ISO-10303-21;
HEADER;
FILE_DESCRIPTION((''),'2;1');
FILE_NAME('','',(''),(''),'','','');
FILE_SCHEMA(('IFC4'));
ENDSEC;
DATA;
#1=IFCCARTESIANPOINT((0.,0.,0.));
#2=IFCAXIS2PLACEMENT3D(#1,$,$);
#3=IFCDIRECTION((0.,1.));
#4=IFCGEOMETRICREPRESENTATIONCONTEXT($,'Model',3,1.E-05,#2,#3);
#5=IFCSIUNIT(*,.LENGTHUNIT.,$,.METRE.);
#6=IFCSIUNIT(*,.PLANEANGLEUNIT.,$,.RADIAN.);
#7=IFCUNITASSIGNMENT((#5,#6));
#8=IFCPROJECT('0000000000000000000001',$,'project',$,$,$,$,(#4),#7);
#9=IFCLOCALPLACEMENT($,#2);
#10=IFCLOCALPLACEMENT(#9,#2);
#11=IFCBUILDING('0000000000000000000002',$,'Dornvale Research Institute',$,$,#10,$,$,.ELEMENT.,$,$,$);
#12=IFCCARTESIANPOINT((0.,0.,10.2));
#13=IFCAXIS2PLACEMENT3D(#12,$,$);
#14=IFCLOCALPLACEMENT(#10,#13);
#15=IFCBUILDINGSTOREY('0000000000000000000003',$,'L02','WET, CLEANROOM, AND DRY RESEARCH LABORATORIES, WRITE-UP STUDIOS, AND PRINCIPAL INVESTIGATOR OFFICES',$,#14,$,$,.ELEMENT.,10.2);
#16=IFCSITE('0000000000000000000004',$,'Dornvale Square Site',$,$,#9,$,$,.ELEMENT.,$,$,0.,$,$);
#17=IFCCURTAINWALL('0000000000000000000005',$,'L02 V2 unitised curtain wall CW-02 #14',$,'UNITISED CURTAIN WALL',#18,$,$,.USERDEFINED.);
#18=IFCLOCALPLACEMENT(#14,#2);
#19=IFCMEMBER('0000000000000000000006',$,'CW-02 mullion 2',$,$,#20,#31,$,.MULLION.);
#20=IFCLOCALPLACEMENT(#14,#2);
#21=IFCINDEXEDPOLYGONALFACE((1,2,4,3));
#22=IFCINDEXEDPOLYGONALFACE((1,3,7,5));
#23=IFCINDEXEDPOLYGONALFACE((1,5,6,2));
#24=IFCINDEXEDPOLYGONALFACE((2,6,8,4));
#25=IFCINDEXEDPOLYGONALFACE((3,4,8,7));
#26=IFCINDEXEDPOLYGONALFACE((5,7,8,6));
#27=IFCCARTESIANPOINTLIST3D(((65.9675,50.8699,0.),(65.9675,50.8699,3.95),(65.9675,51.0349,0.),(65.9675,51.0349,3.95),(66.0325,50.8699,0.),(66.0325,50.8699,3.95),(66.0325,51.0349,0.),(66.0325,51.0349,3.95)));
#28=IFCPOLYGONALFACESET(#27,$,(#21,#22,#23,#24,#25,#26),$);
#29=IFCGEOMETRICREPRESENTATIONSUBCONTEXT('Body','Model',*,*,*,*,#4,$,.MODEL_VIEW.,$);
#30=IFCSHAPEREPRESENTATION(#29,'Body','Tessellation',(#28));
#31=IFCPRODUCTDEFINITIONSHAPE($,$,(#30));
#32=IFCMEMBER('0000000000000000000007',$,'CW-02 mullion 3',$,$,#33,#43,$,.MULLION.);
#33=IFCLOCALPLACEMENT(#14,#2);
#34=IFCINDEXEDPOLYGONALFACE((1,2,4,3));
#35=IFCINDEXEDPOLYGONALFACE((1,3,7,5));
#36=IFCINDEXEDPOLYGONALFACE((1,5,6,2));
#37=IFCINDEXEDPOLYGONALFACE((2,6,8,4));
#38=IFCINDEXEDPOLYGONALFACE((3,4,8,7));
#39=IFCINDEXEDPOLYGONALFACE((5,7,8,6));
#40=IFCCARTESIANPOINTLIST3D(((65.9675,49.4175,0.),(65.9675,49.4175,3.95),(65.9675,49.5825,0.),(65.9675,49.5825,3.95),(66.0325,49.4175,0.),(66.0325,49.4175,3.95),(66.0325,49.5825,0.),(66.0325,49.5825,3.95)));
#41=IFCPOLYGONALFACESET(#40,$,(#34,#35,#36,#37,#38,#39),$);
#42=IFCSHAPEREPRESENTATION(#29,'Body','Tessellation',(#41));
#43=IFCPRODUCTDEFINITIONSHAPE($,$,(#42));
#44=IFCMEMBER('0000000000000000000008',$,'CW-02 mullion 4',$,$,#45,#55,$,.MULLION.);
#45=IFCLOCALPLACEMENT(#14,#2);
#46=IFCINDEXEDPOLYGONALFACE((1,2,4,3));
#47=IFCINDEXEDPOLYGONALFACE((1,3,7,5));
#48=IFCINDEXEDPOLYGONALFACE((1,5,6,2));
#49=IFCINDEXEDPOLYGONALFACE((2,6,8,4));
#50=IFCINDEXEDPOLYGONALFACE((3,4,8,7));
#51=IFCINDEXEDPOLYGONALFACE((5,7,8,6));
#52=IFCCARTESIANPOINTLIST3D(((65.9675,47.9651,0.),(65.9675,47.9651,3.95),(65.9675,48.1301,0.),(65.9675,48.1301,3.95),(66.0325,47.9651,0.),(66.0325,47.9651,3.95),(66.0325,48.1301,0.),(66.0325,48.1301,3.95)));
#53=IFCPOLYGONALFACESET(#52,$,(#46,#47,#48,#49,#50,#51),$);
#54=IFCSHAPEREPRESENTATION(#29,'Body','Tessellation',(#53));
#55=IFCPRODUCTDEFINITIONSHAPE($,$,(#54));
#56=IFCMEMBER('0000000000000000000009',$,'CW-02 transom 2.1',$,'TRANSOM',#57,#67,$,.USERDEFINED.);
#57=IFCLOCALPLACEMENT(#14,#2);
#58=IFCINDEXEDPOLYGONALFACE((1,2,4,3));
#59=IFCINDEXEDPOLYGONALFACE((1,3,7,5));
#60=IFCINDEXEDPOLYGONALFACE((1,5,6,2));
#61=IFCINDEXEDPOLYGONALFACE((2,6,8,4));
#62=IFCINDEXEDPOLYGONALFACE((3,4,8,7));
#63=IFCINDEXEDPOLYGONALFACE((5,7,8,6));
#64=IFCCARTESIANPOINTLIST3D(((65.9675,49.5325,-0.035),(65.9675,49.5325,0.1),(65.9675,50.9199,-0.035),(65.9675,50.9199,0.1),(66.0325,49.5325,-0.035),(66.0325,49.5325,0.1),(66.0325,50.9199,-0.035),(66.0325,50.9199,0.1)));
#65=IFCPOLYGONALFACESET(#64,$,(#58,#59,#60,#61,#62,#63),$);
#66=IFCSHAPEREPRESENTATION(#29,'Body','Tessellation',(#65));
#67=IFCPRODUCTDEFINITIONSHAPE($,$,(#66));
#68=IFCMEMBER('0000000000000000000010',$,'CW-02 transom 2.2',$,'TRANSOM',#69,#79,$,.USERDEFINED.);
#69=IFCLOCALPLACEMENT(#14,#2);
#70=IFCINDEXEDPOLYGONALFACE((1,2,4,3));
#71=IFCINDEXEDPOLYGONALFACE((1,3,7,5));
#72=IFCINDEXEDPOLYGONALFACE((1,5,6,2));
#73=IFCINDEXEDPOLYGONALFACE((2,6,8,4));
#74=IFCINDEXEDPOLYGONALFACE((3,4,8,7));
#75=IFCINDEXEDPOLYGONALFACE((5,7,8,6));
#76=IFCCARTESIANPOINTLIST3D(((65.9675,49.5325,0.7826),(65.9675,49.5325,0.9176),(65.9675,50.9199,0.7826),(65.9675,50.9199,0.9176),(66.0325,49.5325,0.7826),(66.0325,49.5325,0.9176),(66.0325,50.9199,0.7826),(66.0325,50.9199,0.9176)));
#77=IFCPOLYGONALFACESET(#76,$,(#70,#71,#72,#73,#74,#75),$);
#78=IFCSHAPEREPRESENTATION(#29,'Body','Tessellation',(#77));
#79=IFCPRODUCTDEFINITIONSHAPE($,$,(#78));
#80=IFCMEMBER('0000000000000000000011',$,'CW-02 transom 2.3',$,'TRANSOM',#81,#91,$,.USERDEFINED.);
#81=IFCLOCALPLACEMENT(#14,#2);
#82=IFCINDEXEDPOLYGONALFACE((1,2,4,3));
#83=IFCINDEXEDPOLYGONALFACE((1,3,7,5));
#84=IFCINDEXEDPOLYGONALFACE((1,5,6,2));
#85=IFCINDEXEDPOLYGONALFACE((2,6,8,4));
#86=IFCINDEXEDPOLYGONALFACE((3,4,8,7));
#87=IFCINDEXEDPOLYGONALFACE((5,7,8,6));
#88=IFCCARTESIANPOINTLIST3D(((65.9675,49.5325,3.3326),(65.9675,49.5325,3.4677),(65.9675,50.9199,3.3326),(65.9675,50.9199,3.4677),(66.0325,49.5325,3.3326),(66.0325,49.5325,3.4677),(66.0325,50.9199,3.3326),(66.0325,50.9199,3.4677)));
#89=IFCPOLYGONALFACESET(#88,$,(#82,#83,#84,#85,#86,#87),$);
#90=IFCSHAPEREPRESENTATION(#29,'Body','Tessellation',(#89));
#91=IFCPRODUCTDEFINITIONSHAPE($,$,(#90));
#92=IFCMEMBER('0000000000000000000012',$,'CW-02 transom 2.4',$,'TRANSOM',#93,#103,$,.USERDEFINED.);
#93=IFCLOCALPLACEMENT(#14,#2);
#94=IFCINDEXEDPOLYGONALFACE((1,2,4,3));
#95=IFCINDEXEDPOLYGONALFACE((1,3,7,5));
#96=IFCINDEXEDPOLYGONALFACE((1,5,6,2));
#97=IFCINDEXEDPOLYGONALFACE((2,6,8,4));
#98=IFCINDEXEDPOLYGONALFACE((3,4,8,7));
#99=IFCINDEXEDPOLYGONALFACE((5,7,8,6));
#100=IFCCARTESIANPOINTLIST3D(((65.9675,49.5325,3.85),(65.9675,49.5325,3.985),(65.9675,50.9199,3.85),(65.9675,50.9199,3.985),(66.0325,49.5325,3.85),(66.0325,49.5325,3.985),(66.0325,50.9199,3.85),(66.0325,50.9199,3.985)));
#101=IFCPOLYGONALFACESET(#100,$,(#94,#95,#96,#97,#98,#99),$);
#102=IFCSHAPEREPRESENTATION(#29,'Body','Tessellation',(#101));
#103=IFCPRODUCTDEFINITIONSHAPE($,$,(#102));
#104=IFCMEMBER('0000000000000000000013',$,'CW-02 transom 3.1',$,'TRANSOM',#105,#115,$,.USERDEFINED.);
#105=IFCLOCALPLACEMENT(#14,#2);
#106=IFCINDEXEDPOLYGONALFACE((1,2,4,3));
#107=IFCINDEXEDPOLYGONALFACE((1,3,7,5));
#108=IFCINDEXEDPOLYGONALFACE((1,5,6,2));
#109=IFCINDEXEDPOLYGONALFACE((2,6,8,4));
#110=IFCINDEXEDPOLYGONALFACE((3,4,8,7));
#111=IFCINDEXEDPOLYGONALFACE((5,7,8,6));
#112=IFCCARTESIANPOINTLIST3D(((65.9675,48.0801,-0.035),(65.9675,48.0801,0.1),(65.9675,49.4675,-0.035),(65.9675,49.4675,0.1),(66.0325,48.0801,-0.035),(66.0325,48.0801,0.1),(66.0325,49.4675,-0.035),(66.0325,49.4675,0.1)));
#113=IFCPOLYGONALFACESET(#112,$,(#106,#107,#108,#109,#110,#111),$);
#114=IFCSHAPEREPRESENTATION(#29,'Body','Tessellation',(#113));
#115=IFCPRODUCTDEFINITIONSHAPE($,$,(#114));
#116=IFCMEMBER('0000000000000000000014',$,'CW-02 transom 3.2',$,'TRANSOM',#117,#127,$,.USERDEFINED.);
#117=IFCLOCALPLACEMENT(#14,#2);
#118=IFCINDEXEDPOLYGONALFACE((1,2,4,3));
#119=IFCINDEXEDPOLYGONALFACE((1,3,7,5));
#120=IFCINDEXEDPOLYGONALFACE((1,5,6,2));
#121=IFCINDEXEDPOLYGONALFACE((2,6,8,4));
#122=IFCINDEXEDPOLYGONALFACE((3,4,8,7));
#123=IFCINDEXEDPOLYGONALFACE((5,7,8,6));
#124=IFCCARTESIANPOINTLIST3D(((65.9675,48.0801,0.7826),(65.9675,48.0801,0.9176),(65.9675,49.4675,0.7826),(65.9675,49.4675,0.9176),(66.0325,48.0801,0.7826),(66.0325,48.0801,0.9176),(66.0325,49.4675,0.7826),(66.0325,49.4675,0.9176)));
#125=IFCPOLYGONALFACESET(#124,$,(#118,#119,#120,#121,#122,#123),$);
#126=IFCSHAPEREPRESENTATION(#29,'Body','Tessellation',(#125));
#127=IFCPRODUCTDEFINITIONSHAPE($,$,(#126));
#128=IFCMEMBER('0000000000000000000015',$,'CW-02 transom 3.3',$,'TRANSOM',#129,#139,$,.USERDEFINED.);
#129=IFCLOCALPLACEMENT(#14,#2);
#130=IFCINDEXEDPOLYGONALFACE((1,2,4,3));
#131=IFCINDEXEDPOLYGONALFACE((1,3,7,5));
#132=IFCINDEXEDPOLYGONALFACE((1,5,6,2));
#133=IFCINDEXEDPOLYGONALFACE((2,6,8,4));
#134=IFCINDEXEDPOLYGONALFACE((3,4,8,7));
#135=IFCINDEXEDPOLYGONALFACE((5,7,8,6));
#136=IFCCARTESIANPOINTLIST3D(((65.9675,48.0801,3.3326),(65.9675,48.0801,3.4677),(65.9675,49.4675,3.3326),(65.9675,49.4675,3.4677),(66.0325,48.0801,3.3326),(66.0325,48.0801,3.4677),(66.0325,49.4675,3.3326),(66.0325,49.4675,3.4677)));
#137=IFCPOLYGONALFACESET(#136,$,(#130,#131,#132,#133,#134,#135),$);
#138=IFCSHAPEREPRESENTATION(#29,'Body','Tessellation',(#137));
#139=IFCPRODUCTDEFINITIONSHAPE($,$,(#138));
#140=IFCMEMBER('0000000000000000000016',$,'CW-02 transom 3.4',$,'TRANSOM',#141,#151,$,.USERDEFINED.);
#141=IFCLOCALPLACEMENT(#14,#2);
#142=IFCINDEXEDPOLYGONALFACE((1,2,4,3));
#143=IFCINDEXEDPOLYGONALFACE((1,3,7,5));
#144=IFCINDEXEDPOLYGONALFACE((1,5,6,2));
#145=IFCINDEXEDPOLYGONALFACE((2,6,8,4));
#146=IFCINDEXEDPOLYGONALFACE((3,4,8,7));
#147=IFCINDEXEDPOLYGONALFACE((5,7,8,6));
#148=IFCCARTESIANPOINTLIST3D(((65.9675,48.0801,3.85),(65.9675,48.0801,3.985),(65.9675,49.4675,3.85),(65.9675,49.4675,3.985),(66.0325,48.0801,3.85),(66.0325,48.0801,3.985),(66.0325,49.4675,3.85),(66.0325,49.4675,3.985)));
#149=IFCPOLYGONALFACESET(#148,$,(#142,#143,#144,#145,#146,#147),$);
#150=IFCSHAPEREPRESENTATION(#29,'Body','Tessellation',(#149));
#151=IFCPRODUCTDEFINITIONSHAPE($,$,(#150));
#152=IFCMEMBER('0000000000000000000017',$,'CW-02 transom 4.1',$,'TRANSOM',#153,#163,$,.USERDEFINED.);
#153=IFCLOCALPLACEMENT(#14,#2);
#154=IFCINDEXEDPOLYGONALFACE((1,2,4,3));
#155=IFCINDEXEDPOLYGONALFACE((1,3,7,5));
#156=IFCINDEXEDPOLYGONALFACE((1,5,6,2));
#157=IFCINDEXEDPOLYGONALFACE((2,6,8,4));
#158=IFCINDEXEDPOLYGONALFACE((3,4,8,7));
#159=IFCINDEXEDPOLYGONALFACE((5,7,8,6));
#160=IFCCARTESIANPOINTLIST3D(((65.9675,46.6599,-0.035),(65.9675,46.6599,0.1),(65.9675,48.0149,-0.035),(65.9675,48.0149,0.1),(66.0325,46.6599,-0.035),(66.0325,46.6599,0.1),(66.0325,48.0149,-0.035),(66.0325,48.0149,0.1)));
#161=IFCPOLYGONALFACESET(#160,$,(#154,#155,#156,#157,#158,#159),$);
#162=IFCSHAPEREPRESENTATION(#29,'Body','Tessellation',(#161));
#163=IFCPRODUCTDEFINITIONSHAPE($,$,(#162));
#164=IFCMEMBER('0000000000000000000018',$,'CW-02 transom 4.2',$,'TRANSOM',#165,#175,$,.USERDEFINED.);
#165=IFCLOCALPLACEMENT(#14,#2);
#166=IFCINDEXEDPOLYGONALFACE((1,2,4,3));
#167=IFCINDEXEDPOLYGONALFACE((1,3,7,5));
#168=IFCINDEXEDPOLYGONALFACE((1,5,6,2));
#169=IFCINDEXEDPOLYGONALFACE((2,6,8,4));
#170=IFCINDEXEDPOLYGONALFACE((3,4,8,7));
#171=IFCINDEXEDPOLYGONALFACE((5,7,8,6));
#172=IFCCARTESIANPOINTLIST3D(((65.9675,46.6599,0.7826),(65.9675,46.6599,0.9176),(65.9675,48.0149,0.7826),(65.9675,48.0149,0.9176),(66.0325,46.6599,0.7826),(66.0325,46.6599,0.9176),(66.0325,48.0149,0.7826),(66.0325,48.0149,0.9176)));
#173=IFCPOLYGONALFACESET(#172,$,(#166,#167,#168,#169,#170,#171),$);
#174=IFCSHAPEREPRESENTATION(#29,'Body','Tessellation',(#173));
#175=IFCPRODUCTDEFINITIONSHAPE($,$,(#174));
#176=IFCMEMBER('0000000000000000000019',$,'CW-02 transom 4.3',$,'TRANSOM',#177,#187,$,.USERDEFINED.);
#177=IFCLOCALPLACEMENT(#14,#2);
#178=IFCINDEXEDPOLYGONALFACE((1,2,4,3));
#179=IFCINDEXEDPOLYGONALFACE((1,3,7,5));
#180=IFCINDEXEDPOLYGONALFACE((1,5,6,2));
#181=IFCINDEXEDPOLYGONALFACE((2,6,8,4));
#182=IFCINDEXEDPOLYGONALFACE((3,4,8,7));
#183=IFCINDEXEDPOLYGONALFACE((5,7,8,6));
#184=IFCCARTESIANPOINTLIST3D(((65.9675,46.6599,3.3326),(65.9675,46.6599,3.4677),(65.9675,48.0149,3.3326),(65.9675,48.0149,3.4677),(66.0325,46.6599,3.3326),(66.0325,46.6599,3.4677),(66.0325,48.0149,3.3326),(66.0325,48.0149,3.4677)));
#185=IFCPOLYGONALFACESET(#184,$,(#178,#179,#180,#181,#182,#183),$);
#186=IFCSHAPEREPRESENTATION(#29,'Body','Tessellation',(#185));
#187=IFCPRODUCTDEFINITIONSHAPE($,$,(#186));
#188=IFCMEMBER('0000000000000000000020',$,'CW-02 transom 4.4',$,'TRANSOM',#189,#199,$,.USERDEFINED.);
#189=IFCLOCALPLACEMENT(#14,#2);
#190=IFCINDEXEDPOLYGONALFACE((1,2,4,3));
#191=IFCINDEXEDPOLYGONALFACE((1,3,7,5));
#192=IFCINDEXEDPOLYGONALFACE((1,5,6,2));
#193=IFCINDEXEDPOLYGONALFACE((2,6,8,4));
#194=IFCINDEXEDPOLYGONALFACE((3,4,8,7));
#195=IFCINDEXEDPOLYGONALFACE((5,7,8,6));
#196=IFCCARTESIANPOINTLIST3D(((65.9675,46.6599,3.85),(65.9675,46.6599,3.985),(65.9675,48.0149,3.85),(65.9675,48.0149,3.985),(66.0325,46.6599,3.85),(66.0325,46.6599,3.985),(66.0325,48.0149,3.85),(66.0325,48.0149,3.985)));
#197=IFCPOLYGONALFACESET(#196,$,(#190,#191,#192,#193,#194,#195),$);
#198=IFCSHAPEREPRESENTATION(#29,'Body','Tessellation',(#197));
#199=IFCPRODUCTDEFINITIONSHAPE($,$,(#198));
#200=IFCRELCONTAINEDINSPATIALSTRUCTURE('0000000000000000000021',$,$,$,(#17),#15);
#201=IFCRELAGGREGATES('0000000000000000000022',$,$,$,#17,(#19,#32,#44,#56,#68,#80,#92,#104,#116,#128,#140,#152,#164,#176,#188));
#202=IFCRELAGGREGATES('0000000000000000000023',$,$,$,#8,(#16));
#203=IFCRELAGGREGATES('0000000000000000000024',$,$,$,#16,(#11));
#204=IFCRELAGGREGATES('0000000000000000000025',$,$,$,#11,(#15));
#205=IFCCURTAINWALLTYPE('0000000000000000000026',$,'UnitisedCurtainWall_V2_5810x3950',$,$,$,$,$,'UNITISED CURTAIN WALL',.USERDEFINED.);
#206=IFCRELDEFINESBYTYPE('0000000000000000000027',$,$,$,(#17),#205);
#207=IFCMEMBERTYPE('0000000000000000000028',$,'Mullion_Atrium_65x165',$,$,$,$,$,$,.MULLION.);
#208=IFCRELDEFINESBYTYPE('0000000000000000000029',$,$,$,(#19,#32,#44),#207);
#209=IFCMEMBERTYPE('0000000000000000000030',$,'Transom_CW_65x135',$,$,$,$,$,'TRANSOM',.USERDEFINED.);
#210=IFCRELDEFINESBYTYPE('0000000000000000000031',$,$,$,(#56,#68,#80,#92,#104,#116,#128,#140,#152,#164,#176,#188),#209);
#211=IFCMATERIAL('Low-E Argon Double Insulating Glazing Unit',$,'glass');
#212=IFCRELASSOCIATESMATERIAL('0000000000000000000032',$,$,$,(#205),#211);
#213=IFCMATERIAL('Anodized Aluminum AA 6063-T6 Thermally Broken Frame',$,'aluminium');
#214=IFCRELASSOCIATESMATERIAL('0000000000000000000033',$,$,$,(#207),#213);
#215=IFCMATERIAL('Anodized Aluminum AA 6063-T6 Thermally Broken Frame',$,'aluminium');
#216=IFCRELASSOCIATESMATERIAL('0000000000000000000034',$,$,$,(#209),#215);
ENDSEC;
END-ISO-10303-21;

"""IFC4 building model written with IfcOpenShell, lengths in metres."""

from ifc_helpers import new_model, si_unit, direction, frame, origin, origin_2d, place, context, subcontext, project, spatial, rectangle, extrude, material, material_profile, profile_set, type_object, element, aggregate, save


model = new_model("IFC4")

# Units and contexts
model_context = context("Model", 3, precision=1e-05, world=origin(), true_north=direction((0.0, 1.0)))
body_context = subcontext(model_context, "Body", "Model", "MODEL_VIEW")
ifc_project = project(units=[si_unit("LENGTHUNIT", "METRE"), si_unit("PLANEANGLEUNIT", "RADIAN")], contexts=[model_context])

# Site, building, storey
site_placement = place(None, origin())
site = spatial("IfcSite", under=ifc_project, at=site_placement, Name="Dornvale Square Site", CompositionType="ELEMENT", RefElevation=0.0)
building_placement = place(site_placement, origin())
building = spatial("IfcBuilding", under=site, at=building_placement, Name="Dornvale Research Institute", CompositionType="ELEMENT")
storey_placement = place(building_placement, frame((0.0, 0.0, 10.2)))
storey = spatial("IfcBuildingStorey", under=building, at=storey_placement, Name="L02", Description="WET, CLEANROOM, AND DRY RESEARCH LABORATORIES, WRITE-UP STUDIOS, AND PRINCIPAL INVESTIGATOR OFFICES", CompositionType="ELEMENT", Elevation=10.2)

# Curtain wall, members
ifc_material_1 = material(Name="Low-E Argon Double Insulating Glazing Unit", Category="glass")
curtain_wall_type = type_object("IfcCurtainWallType", Name="UnitisedCurtainWall_V2_5810x3950", ElementType="UNITISED CURTAIN WALL", PredefinedType="USERDEFINED", material=ifc_material_1)
curtain_wall_placement = place(storey_placement, origin())
curtain_wall = element("IfcCurtainWall", 1, at=curtain_wall_placement, inside=storey, type_object=curtain_wall_type, Name="L02 V2 unitised curtain wall CW-02 #14", ObjectType="UNITISED CURTAIN WALL", PredefinedType="USERDEFINED")
ifc_material_2 = material(Name="Anodized Aluminum AA 6063-T6 Thermally Broken Frame", Category="aluminium")
ifc_material_profile_1 = material_profile(ifc_material_2, rectangle(XDim=0.0649, YDim=0.165, at=origin_2d()), Name="ALU MULLION 65x165")
ifc_profile_set_1 = profile_set([ifc_material_profile_1], Name="Anodized Aluminum AA 6063-T6 Thermally Broken Frame")
member_type_1 = type_object("IfcMemberType", Name="Mullion_Atrium_65x165", PredefinedType="MULLION", material=ifc_profile_set_1)
member_1_placement = place(storey_placement, frame((66.0, 50.9524, 0.0), z_axis=(0.0, 0.0, 1.0), x_axis=(1.0, 0.0, 0.0)))
member_1 = element("IfcMember", 2, at=member_1_placement, type_object=member_type_1, Name="CW-02 mullion 2", PredefinedType="MULLION", context=body_context, shape_type="SweptSolid", body=[
    extrude(rectangle(XDim=0.0649, YDim=0.165, at=origin_2d()), origin(), (0.0, 0.0, 1.0), 3.95),
])
member_2_placement = place(storey_placement, frame((66.0, 49.5, 0.0), z_axis=(0.0, 0.0, 1.0), x_axis=(1.0, 0.0, 0.0)))
member_2 = element("IfcMember", 3, at=member_2_placement, type_object=member_type_1, Name="CW-02 mullion 3", PredefinedType="MULLION", context=body_context, shape_type="SweptSolid", body=[
    extrude(rectangle(XDim=0.0649, YDim=0.165, at=origin_2d()), origin(), (0.0, 0.0, 1.0), 3.95),
])
member_3_placement = place(storey_placement, frame((66.0, 48.0476, 0.0), z_axis=(0.0, 0.0, 1.0), x_axis=(1.0, 0.0, 0.0)))
member_3 = element("IfcMember", 4, at=member_3_placement, type_object=member_type_1, Name="CW-02 mullion 4", PredefinedType="MULLION", context=body_context, shape_type="SweptSolid", body=[
    extrude(rectangle(XDim=0.0649, YDim=0.165, at=origin_2d()), origin(), (0.0, 0.0, 1.0), 3.95),
])
ifc_material_3 = material(Name="Anodized Aluminum AA 6063-T6 Thermally Broken Frame", Category="aluminium")
ifc_material_profile_2 = material_profile(ifc_material_3, rectangle(XDim=0.0649, YDim=0.135, at=origin_2d()), Name="ALU TRANSOM 65x135")
ifc_profile_set_2 = profile_set([ifc_material_profile_2], Name="Anodized Aluminum AA 6063-T6 Thermally Broken Frame")
member_type_2 = type_object("IfcMemberType", Name="Transom_CW_65x135", ElementType="TRANSOM", PredefinedType="USERDEFINED", material=ifc_profile_set_2)
member_4_placement = place(storey_placement, frame((66.0, 50.9199, 0.0325), z_axis=(0.0, -1.0, 0.0), x_axis=(1.0, 0.0, 0.0)))
member_4 = element("IfcMember", 5, at=member_4_placement, type_object=member_type_2, Name="CW-02 transom 2.1", ObjectType="TRANSOM", PredefinedType="USERDEFINED", context=body_context, shape_type="SweptSolid", body=[
    extrude(rectangle(XDim=0.0649, YDim=0.135, at=origin_2d()), origin(), (0.0, 0.0, 1.0), 1.3875),
])
member_5_placement = place(storey_placement, frame((66.0, 50.9199, 0.8501), z_axis=(0.0, -1.0, 0.0), x_axis=(1.0, 0.0, 0.0)))
member_5 = element("IfcMember", 6, at=member_5_placement, type_object=member_type_2, Name="CW-02 transom 2.2", ObjectType="TRANSOM", PredefinedType="USERDEFINED", context=body_context, shape_type="SweptSolid", body=[
    extrude(rectangle(XDim=0.0649, YDim=0.135, at=origin_2d()), origin(), (0.0, 0.0, 1.0), 1.3875),
])
member_6_placement = place(storey_placement, frame((66.0, 50.9199, 3.4001), z_axis=(0.0, -1.0, 0.0), x_axis=(1.0, 0.0, 0.0)))
member_6 = element("IfcMember", 7, at=member_6_placement, type_object=member_type_2, Name="CW-02 transom 2.3", ObjectType="TRANSOM", PredefinedType="USERDEFINED", context=body_context, shape_type="SweptSolid", body=[
    extrude(rectangle(XDim=0.0649, YDim=0.135, at=origin_2d()), origin(), (0.0, 0.0, 1.0), 1.3875),
])
member_7_placement = place(storey_placement, frame((66.0, 50.9199, 3.9175), z_axis=(0.0, -1.0, 0.0), x_axis=(1.0, 0.0, 0.0)))
member_7 = element("IfcMember", 8, at=member_7_placement, type_object=member_type_2, Name="CW-02 transom 2.4", ObjectType="TRANSOM", PredefinedType="USERDEFINED", context=body_context, shape_type="SweptSolid", body=[
    extrude(rectangle(XDim=0.0649, YDim=0.135, at=origin_2d()), origin(), (0.0, 0.0, 1.0), 1.3875),
])
member_8_placement = place(storey_placement, frame((66.0, 49.4675, 0.0325), z_axis=(0.0, -1.0, 0.0), x_axis=(1.0, 0.0, 0.0)))
member_8 = element("IfcMember", 9, at=member_8_placement, type_object=member_type_2, Name="CW-02 transom 3.1", ObjectType="TRANSOM", PredefinedType="USERDEFINED", context=body_context, shape_type="SweptSolid", body=[
    extrude(rectangle(XDim=0.0649, YDim=0.135, at=origin_2d()), origin(), (0.0, 0.0, 1.0), 1.3875),
])
member_9_placement = place(storey_placement, frame((66.0, 49.4675, 0.8501), z_axis=(0.0, -1.0, 0.0), x_axis=(1.0, 0.0, 0.0)))
member_9 = element("IfcMember", 10, at=member_9_placement, type_object=member_type_2, Name="CW-02 transom 3.2", ObjectType="TRANSOM", PredefinedType="USERDEFINED", context=body_context, shape_type="SweptSolid", body=[
    extrude(rectangle(XDim=0.0649, YDim=0.135, at=origin_2d()), origin(), (0.0, 0.0, 1.0), 1.3875),
])
member_10_placement = place(storey_placement, frame((66.0, 49.4675, 3.4001), z_axis=(0.0, -1.0, 0.0), x_axis=(1.0, 0.0, 0.0)))
member_10 = element("IfcMember", 11, at=member_10_placement, type_object=member_type_2, Name="CW-02 transom 3.3", ObjectType="TRANSOM", PredefinedType="USERDEFINED", context=body_context, shape_type="SweptSolid", body=[
    extrude(rectangle(XDim=0.0649, YDim=0.135, at=origin_2d()), origin(), (0.0, 0.0, 1.0), 1.3875),
])
member_11_placement = place(storey_placement, frame((66.0, 49.4675, 3.9175), z_axis=(0.0, -1.0, 0.0), x_axis=(1.0, 0.0, 0.0)))
member_11 = element("IfcMember", 12, at=member_11_placement, type_object=member_type_2, Name="CW-02 transom 3.4", ObjectType="TRANSOM", PredefinedType="USERDEFINED", context=body_context, shape_type="SweptSolid", body=[
    extrude(rectangle(XDim=0.0649, YDim=0.135, at=origin_2d()), origin(), (0.0, 0.0, 1.0), 1.3875),
])
member_12_placement = place(storey_placement, frame((66.0, 48.0149, 0.0325), z_axis=(0.0, -1.0, 0.0), x_axis=(1.0, 0.0, 0.0)))
member_12 = element("IfcMember", 13, at=member_12_placement, type_object=member_type_2, Name="CW-02 transom 4.1", ObjectType="TRANSOM", PredefinedType="USERDEFINED", context=body_context, shape_type="SweptSolid", body=[
    extrude(rectangle(XDim=0.0649, YDim=0.135, at=origin_2d()), origin(), (0.0, 0.0, 1.0), 1.355),
])
member_13_placement = place(storey_placement, frame((66.0, 48.0149, 0.8501), z_axis=(0.0, -1.0, 0.0), x_axis=(1.0, 0.0, 0.0)))
member_13 = element("IfcMember", 14, at=member_13_placement, type_object=member_type_2, Name="CW-02 transom 4.2", ObjectType="TRANSOM", PredefinedType="USERDEFINED", context=body_context, shape_type="SweptSolid", body=[
    extrude(rectangle(XDim=0.0649, YDim=0.135, at=origin_2d()), origin(), (0.0, 0.0, 1.0), 1.355),
])
member_14_placement = place(storey_placement, frame((66.0, 48.0149, 3.4001), z_axis=(0.0, -1.0, 0.0), x_axis=(1.0, 0.0, 0.0)))
member_14 = element("IfcMember", 15, at=member_14_placement, type_object=member_type_2, Name="CW-02 transom 4.3", ObjectType="TRANSOM", PredefinedType="USERDEFINED", context=body_context, shape_type="SweptSolid", body=[
    extrude(rectangle(XDim=0.0649, YDim=0.135, at=origin_2d()), origin(), (0.0, 0.0, 1.0), 1.355),
])
member_15_placement = place(storey_placement, frame((66.0, 48.0149, 3.9175), z_axis=(0.0, -1.0, 0.0), x_axis=(1.0, 0.0, 0.0)))
member_15 = element("IfcMember", 16, at=member_15_placement, type_object=member_type_2, Name="CW-02 transom 4.4", ObjectType="TRANSOM", PredefinedType="USERDEFINED", context=body_context, shape_type="SweptSolid", body=[
    extrude(rectangle(XDim=0.0649, YDim=0.135, at=origin_2d()), origin(), (0.0, 0.0, 1.0), 1.355),
])
aggregate(curtain_wall, [member_1, member_2, member_3, member_4, member_5, member_6, member_7, member_8, member_9, member_10, member_11, member_12, member_13, member_14, member_15])

save(model, "model.ifc")
